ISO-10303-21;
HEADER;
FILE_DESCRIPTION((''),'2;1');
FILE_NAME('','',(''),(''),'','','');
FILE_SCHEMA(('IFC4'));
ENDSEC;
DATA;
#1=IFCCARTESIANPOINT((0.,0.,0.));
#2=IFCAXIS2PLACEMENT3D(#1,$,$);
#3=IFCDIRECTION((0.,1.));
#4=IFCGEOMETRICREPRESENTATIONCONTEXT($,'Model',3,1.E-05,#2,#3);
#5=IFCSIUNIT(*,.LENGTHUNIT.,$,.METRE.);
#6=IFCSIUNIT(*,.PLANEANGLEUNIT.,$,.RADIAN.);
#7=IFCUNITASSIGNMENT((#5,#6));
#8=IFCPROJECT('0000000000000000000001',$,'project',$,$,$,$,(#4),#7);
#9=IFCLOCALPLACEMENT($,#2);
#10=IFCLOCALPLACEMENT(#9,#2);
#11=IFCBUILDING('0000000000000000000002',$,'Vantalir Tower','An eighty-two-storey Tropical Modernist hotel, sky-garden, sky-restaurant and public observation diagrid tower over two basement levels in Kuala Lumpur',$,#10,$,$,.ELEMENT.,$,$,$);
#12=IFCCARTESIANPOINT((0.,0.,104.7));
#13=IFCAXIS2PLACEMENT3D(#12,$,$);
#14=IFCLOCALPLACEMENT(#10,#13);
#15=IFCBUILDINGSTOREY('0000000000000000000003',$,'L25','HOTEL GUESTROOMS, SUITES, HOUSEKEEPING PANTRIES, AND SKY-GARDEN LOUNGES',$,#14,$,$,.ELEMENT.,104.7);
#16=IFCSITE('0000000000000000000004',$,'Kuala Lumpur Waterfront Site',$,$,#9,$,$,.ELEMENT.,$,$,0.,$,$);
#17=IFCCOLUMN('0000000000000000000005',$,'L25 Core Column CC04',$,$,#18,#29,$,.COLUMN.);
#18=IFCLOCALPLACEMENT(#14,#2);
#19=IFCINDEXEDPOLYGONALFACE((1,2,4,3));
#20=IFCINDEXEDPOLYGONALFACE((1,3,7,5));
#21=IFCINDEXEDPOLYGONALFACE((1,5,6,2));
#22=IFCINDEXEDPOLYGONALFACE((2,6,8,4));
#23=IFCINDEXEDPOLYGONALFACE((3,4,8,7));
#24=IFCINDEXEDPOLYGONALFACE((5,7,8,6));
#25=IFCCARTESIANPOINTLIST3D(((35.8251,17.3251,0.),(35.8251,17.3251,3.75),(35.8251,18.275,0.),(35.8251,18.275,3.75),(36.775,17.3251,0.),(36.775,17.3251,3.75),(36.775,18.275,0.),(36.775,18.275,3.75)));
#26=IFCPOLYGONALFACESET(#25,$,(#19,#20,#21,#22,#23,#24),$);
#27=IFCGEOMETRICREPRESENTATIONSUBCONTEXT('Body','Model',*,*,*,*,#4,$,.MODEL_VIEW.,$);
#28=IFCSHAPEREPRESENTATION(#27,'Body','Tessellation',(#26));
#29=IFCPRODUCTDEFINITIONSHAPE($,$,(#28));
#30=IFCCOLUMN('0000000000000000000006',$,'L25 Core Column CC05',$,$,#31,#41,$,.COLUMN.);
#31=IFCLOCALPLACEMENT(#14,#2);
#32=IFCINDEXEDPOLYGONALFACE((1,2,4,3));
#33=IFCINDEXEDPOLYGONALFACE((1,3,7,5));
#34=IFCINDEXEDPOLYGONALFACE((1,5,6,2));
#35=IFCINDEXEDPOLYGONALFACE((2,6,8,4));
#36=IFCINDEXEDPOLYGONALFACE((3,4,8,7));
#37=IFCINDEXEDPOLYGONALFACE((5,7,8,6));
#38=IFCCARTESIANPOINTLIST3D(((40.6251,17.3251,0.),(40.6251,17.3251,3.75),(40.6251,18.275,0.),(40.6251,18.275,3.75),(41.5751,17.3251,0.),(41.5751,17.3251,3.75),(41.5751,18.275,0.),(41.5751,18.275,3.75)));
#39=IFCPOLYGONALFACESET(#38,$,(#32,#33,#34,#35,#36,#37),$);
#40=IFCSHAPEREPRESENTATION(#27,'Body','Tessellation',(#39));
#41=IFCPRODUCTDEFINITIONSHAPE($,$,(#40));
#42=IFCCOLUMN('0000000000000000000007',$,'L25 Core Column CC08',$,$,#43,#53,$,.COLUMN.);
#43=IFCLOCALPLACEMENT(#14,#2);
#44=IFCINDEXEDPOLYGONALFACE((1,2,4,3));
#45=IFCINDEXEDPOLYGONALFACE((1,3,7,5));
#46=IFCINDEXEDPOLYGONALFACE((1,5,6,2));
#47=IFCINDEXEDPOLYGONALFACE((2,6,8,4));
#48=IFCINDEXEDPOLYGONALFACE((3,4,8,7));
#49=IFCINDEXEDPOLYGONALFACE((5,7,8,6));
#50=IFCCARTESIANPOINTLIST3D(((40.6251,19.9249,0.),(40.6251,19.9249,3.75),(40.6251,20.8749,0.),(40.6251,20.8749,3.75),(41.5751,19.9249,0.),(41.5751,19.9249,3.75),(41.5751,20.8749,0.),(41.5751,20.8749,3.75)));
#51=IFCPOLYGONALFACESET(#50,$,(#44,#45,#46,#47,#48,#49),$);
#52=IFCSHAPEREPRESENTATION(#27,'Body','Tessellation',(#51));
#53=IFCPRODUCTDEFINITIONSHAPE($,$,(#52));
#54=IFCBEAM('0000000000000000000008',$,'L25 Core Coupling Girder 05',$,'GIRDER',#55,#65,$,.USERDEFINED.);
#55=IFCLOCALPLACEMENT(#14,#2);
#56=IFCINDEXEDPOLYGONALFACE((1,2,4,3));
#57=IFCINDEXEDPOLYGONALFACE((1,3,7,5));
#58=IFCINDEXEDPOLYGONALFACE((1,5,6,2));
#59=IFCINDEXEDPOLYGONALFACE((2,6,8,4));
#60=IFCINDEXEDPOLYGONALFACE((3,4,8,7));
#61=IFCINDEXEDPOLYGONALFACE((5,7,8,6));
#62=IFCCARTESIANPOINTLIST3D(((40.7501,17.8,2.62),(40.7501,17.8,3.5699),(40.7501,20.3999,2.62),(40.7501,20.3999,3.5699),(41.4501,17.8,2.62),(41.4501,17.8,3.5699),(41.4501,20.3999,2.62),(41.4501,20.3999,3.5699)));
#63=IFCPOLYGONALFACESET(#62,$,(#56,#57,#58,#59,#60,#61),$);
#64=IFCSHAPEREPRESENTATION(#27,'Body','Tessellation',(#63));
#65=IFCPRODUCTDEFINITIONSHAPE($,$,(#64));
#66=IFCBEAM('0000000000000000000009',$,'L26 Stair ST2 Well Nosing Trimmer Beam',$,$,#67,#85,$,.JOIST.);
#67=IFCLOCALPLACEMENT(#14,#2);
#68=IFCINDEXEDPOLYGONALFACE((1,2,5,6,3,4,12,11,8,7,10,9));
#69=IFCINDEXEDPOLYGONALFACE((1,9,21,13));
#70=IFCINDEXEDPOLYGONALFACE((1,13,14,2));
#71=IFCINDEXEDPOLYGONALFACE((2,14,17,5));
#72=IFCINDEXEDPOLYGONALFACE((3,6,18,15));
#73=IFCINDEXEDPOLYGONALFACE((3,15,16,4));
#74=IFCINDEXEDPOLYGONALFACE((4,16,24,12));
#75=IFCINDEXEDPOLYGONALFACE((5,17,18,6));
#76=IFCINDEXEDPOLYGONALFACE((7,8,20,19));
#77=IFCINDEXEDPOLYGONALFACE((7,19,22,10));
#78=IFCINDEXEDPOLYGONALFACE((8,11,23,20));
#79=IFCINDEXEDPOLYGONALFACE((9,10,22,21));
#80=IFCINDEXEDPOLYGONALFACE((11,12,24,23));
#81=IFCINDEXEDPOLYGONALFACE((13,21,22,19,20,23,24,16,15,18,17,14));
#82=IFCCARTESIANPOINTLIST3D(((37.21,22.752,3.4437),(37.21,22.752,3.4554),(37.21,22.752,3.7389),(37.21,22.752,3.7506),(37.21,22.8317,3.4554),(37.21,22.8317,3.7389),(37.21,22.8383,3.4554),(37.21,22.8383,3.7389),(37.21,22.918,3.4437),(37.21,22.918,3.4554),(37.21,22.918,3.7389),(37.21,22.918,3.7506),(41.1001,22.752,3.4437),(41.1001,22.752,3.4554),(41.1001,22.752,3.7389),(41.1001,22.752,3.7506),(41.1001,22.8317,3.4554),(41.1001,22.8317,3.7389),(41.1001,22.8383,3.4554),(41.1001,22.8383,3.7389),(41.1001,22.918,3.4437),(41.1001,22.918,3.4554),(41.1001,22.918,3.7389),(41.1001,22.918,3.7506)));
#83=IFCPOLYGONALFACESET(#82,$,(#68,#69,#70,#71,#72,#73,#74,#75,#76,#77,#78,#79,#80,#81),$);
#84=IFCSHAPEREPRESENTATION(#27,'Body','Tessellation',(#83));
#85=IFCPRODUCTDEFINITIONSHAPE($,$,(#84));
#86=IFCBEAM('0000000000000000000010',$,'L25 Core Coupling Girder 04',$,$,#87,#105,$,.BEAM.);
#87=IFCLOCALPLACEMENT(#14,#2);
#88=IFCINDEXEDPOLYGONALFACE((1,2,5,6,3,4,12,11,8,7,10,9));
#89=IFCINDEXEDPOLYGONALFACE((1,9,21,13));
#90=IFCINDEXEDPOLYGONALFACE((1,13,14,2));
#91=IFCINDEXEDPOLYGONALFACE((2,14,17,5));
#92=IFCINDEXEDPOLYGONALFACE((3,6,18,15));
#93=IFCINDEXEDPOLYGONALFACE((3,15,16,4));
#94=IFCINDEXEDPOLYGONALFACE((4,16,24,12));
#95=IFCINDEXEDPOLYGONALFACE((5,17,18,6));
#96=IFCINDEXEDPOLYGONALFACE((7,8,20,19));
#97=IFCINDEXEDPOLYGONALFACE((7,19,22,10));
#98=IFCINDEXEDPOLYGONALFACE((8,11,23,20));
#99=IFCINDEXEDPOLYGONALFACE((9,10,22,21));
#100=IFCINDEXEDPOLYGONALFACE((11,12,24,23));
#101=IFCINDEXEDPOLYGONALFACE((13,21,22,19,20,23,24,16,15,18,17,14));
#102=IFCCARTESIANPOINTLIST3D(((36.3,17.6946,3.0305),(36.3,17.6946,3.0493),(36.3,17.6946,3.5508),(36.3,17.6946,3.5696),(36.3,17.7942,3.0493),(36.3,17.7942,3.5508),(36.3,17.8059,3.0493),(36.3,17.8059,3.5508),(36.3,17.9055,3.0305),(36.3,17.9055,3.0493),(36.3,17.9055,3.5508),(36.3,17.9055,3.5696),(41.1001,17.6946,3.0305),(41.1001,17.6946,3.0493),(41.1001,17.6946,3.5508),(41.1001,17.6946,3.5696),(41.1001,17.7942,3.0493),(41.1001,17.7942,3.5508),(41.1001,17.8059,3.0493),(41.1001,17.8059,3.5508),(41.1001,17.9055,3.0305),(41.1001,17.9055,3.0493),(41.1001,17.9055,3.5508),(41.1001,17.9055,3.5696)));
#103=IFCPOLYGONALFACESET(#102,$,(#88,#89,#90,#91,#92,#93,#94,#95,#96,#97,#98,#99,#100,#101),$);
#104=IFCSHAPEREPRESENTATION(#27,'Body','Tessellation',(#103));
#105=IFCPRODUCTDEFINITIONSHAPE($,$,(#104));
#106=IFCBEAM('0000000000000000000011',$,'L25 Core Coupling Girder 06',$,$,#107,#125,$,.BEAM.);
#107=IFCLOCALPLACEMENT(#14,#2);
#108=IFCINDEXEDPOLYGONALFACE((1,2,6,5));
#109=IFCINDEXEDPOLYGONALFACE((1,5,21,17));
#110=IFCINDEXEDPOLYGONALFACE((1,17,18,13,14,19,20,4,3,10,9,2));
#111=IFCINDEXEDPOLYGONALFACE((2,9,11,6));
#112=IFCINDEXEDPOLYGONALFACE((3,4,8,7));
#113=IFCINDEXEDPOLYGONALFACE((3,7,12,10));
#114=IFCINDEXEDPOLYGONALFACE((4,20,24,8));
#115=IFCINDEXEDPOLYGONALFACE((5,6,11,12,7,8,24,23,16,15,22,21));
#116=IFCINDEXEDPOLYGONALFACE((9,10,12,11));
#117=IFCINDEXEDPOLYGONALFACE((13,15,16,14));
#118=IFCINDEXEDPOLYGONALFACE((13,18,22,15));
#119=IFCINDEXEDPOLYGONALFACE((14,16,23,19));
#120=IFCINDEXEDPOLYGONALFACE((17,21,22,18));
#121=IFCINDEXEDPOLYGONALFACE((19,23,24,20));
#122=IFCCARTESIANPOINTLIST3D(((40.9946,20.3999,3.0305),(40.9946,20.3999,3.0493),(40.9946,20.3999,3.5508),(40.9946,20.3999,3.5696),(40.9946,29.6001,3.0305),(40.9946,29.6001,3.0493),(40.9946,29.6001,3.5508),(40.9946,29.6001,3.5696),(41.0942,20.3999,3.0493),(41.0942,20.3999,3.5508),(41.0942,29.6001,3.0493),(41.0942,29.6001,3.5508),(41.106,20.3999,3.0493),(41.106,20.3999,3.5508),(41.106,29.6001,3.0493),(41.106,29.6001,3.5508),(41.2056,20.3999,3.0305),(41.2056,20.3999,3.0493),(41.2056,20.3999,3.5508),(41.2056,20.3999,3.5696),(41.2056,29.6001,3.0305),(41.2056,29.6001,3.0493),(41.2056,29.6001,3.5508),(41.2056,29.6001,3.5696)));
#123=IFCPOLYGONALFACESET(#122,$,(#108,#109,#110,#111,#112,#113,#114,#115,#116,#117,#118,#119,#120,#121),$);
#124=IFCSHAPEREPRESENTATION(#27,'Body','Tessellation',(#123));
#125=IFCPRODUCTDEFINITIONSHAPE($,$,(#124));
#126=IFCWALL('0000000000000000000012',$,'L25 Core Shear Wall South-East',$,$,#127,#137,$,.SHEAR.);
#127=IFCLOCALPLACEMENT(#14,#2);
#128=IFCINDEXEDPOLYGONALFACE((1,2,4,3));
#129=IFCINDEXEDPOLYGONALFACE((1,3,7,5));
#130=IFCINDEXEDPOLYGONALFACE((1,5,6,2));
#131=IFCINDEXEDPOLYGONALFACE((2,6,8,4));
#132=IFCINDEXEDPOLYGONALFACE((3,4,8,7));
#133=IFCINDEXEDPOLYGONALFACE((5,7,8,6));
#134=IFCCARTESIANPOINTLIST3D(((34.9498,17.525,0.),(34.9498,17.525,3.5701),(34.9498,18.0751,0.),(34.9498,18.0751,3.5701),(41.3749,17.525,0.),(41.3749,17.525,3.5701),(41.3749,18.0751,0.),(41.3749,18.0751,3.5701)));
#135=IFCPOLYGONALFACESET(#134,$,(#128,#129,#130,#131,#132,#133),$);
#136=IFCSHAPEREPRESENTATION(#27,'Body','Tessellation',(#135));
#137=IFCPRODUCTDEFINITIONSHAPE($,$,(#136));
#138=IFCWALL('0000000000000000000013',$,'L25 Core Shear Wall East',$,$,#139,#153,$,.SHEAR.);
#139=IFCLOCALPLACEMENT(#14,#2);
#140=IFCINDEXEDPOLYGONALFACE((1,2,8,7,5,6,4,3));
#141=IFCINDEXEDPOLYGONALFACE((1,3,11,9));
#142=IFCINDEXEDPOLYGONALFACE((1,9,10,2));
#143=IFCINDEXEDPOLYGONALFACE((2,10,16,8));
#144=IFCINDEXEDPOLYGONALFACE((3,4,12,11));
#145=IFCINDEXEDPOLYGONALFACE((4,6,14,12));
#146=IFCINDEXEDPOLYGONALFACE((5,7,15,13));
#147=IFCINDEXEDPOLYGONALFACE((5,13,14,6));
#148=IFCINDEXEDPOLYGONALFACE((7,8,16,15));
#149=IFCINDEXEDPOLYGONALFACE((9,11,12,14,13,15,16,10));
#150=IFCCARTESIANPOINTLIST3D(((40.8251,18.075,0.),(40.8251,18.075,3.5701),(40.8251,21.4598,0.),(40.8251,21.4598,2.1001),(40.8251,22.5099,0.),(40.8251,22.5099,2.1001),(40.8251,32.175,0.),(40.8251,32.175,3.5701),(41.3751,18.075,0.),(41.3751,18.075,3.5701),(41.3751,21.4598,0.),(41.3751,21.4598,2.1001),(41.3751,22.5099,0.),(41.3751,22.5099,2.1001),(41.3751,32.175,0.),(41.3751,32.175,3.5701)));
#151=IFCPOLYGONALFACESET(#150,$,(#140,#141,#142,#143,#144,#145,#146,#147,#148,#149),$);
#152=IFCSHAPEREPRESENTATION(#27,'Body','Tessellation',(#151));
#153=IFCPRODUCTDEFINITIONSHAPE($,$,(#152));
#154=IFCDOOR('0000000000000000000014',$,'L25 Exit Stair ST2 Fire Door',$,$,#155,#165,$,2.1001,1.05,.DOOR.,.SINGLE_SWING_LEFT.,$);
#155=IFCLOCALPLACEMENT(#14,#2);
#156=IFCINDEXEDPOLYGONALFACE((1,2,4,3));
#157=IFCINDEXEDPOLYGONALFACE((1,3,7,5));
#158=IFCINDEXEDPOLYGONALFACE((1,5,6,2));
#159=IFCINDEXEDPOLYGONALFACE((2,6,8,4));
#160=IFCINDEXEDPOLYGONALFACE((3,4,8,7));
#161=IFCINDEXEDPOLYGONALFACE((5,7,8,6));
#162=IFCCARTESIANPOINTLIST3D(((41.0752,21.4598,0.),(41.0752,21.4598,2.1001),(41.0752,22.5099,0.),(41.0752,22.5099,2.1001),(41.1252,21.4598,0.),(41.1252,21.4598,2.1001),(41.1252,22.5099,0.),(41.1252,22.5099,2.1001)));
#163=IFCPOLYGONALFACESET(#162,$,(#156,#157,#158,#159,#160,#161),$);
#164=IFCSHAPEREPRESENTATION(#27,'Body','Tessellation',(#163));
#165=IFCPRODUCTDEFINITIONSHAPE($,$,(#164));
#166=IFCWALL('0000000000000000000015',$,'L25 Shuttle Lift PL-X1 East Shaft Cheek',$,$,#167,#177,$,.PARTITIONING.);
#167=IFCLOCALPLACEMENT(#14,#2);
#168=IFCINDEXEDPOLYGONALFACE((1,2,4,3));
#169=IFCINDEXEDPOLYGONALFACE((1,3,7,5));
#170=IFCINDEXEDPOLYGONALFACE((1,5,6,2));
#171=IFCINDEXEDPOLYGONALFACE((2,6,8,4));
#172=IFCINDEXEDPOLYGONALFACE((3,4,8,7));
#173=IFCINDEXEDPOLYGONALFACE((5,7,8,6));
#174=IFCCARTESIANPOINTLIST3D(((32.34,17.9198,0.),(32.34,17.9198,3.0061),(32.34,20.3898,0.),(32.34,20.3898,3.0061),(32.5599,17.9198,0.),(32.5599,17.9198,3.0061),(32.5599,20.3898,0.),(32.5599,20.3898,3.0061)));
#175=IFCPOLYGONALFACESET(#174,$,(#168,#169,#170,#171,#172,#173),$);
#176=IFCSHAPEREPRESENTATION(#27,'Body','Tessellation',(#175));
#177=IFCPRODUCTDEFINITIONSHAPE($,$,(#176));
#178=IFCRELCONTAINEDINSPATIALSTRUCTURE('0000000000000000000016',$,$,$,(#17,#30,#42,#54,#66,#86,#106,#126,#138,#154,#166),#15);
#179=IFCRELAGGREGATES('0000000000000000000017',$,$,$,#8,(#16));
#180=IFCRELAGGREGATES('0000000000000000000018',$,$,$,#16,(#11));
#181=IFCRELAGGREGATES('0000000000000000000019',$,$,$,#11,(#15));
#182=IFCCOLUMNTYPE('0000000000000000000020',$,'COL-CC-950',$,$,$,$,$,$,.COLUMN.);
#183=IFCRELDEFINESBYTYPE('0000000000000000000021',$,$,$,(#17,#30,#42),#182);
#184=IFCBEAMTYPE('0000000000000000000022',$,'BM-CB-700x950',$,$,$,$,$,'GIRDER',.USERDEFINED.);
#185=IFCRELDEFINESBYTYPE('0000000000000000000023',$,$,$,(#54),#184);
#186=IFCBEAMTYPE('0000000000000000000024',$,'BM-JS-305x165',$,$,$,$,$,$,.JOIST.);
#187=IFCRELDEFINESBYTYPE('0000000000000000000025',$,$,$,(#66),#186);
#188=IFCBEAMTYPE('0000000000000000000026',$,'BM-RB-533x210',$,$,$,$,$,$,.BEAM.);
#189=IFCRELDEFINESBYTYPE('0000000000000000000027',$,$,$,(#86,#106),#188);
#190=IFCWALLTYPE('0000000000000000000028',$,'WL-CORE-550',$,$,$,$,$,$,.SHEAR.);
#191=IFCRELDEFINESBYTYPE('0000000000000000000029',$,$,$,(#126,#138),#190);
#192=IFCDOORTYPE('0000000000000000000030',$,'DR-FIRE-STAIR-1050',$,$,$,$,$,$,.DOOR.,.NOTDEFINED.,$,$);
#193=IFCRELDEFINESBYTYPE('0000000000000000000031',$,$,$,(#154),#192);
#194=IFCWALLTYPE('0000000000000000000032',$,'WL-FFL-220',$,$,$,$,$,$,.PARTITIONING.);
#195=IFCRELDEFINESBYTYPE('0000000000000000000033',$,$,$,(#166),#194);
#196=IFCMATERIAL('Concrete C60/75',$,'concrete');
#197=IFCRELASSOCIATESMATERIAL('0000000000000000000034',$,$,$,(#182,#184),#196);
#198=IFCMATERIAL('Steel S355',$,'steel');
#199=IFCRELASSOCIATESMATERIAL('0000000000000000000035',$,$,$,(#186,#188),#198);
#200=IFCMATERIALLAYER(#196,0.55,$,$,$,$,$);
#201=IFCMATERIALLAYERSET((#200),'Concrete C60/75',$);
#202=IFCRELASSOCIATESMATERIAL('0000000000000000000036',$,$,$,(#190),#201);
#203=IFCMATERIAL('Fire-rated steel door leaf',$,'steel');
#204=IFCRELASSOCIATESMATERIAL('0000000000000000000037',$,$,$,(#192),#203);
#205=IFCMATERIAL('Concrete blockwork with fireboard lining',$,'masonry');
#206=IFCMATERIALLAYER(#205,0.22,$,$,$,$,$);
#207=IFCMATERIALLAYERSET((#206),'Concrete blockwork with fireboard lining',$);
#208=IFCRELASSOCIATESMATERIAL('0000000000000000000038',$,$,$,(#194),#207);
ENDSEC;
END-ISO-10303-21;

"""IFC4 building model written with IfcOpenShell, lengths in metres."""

from ifc_helpers import new_model, si_unit, direction, frame, frame_2d, origin, origin_2d, place, context, subcontext, project, spatial, rectangle, i_section, extrude, material, layer, layer_set, material_profile, profile_set, type_object, element, fill, save


model = new_model("IFC4")

# Units and contexts
model_context = context("Model", 3, precision=1e-05, world=origin(), true_north=direction((0.0, 1.0)))
body_context = subcontext(model_context, "Body", "Model", "MODEL_VIEW")
ifc_project = project(units=[si_unit("LENGTHUNIT", "METRE"), si_unit("PLANEANGLEUNIT", "RADIAN")], contexts=[model_context])

# Site, building, storey
site_placement = place(None, origin())
site = spatial("IfcSite", under=ifc_project, at=site_placement, Name="Kuala Lumpur Waterfront Site", CompositionType="ELEMENT", RefElevation=0.0)
building_placement = place(site_placement, origin())
building = spatial("IfcBuilding", under=site, at=building_placement, Name="Vantalir Tower", Description="An eighty-two-storey Tropical Modernist hotel, sky-garden, sky-restaurant and public observation diagrid tower over two basement levels in Kuala Lumpur", CompositionType="ELEMENT")
storey_placement = place(building_placement, frame((0.0, 0.0, 104.7)))
storey = spatial("IfcBuildingStorey", under=building, at=storey_placement, Name="L25", Description="HOTEL GUESTROOMS, SUITES, HOUSEKEEPING PANTRIES, AND SKY-GARDEN LOUNGES", CompositionType="ELEMENT", Elevation=104.7)

# Columns
ifc_material_1 = material(Name="Concrete C60/75", Category="concrete")
ifc_material_profile_1 = material_profile(ifc_material_1, rectangle(XDim=0.95, YDim=0.95, at=origin_2d()), Name="Concrete C60/75")
ifc_profile_set_1 = profile_set([ifc_material_profile_1], Name="Concrete C60/75")
column_type = type_object("IfcColumnType", Name="COL-CC-950", PredefinedType="COLUMN", material=ifc_profile_set_1)
for number, where, z_axis, x_axis, name in (
    (1, (36.3, 17.8, 0.0), (0.0, 0.0, 1.0), (1.0, 0.0, 0.0), "L25 Core Column CC04"),
    (2, (41.1001, 17.8, 0.0), (0.0, 0.0, 1.0), (1.0, 0.0, 0.0), "L25 Core Column CC05"),
    (3, (41.1001, 20.3999, 0.0), (0.0, 0.0, 1.0), (1.0, 0.0, 0.0), "L25 Core Column CC08"),
):
    element("IfcColumn", number, at=place(storey_placement, frame(where, z_axis=z_axis, x_axis=x_axis)), inside=storey, type_object=column_type, Name=name, PredefinedType="COLUMN", context=body_context, shape_type="SweptSolid", body=[
        extrude(rectangle(XDim=0.95, YDim=0.95, at=origin_2d()), origin(), (0.0, 0.0, 1.0), 3.75),
    ])

# Beams
ifc_material_profile_2 = material_profile(ifc_material_1, rectangle(XDim=0.7, YDim=0.95, at=origin_2d()), Name="Concrete C60/75")
ifc_profile_set_2 = profile_set([ifc_material_profile_2], Name="Concrete C60/75")
beam_type_1 = type_object("IfcBeamType", Name="BM-CB-700x950", ElementType="GIRDER", PredefinedType="USERDEFINED", material=ifc_profile_set_2)
beam_1_placement = place(storey_placement, frame((41.1001, 17.8, 3.095), z_axis=(0.0, 1.0, 0.0), x_axis=(-1.0, 0.0, 0.0)))
element("IfcBeam", 4, at=beam_1_placement, inside=storey, type_object=beam_type_1, Name="L25 Core Coupling Girder 05", ObjectType="GIRDER", PredefinedType="USERDEFINED", context=body_context, shape_type="SweptSolid", body=[
    extrude(rectangle(XDim=0.7, YDim=0.95, at=origin_2d()), origin(), (0.0, 0.0, 1.0), 2.5999),
])
ifc_material_2 = material(Name="Steel S355", Category="steel")
ifc_material_profile_3 = material_profile(ifc_material_2, i_section(OverallWidth=0.166, OverallDepth=0.3069, WebThickness=0.0066, FlangeThickness=0.0117, at=origin_2d()), Name="Steel S355")
ifc_profile_set_3 = profile_set([ifc_material_profile_3], Name="Steel S355")
beam_type_2 = type_object("IfcBeamType", Name="BM-JS-305x165", PredefinedType="JOIST", material=ifc_profile_set_3)
beam_2_placement = place(storey_placement, frame((37.21, 22.835, 3.5972), z_axis=(1.0, 0.0, 0.0), x_axis=(0.0, 1.0, 0.0)))
element("IfcBeam", 5, at=beam_2_placement, inside=storey, type_object=beam_type_2, Name="L26 Stair ST2 Well Nosing Trimmer Beam", PredefinedType="JOIST", context=body_context, shape_type="SweptSolid", body=[
    extrude(i_section(OverallWidth=0.166, OverallDepth=0.3069, WebThickness=0.0066, FlangeThickness=0.0117, at=origin_2d()), origin(), (0.0, 0.0, 1.0), 3.8901),
])
ifc_material_profile_4 = material_profile(ifc_material_2, i_section(OverallWidth=0.2109, OverallDepth=0.5391, WebThickness=0.0117, FlangeThickness=0.0188, at=origin_2d()), Name="Steel S355")
ifc_profile_set_4 = profile_set([ifc_material_profile_4], Name="Steel S355")
beam_type_3 = type_object("IfcBeamType", Name="BM-RB-533x210", PredefinedType="BEAM", material=ifc_profile_set_4)
beam_3_placement = place(storey_placement, frame((36.3, 17.8, 3.3), z_axis=(1.0, 0.0, 0.0), x_axis=(0.0, 1.0, 0.0)))
element("IfcBeam", 6, at=beam_3_placement, inside=storey, type_object=beam_type_3, Name="L25 Core Coupling Girder 04", PredefinedType="BEAM", context=body_context, shape_type="SweptSolid", body=[
    extrude(i_section(OverallWidth=0.2109, OverallDepth=0.5391, WebThickness=0.0117, FlangeThickness=0.0188, at=origin_2d()), origin(), (0.0, 0.0, 1.0), 4.8),
])
beam_4_placement = place(storey_placement, frame((41.1001, 20.3999, 3.3), z_axis=(0.0, 1.0, 0.0), x_axis=(-1.0, 0.0, 0.0)))
element("IfcBeam", 7, at=beam_4_placement, inside=storey, type_object=beam_type_3, Name="L25 Core Coupling Girder 06", PredefinedType="BEAM", context=body_context, shape_type="SweptSolid", body=[
    extrude(i_section(OverallWidth=0.2109, OverallDepth=0.5391, WebThickness=0.0117, FlangeThickness=0.0188, at=origin_2d()), origin(), (0.0, 0.0, 1.0), 9.2002),
])

# Wall
ifc_layer_1 = layer(ifc_material_1, 0.55)
ifc_layer_set_1 = layer_set([ifc_layer_1], Name="Concrete C60/75")
wall_type_1 = type_object("IfcWallType", Name="WL-CORE-550", PredefinedType="SHEAR", material=ifc_layer_set_1)
wall_1_placement = place(storey_placement, frame((34.95, 17.8, 0.0), z_axis=(0.0, 0.0, 1.0), x_axis=(1.0, 0.0, 0.0)))
element("IfcWall", 8, at=wall_1_placement, inside=storey, type_object=wall_type_1, Name="L25 Core Shear Wall South-East", PredefinedType="SHEAR", context=body_context, shape_type="SweptSolid", body=[
    extrude(rectangle(XDim=6.425, YDim=0.55, at=frame_2d((3.2124, 0.0))), origin(), (0.0, 0.0, 1.0), 3.5701),
])

# Wall, opening, door
wall_2_placement = place(storey_placement, frame((41.1001, 18.075, 0.0), z_axis=(0.0, 0.0, 1.0), x_axis=(0.0, 1.0, 0.0)))
wall_2 = element("IfcWall", 9, at=wall_2_placement, inside=storey, type_object=wall_type_1, Name="L25 Core Shear Wall East", PredefinedType="SHEAR", context=body_context, shape_type="SweptSolid", body=[
    extrude(rectangle(XDim=14.1001, YDim=0.55, at=frame_2d((7.05, 0.0))), origin(), (0.0, 0.0, 1.0), 3.5701),
])
opening_1_placement = place(wall_2_placement, frame((3.385, 0.0, 0.0)))
opening_1 = element("IfcOpeningElement", 10, at=opening_1_placement, cuts=wall_2, PredefinedType="OPENING", context=body_context, shape_type="SweptSolid", body=[
    extrude(rectangle(XDim=1.05, YDim=2.1001, at=frame_2d((0.5249, 1.05))), frame((0.0, 0.2849, 0.0), z_axis=(0.0, -1.0, 0.0), x_axis=(1.0, 0.0, 0.0)), (0.0, 0.0, 1.0), 0.5701),
])
ifc_material_3 = material(Name="Fire-rated steel door leaf", Category="steel")
door_type_1 = type_object("IfcDoorType", Name="DR-FIRE-STAIR-1050", OperationType="NOTDEFINED", PredefinedType="DOOR", material=ifc_material_3)
door_1_placement = place(opening_1_placement, origin())
door_1 = element("IfcDoor", 11, at=door_1_placement, inside=storey, type_object=door_type_1, Name="L25 Exit Stair ST2 Fire Door", OperationType="SINGLE_SWING_LEFT", OverallHeight=2.1001, OverallWidth=1.05, PredefinedType="DOOR", context=body_context, shape_type="SweptSolid", body=[
    extrude(rectangle(XDim=1.05, YDim=2.1001, at=frame_2d((0.5249, 1.05))), frame((0.0, 0.0249, 0.0), z_axis=(0.0, -1.0, 0.0), x_axis=(1.0, 0.0, 0.0)), (0.0, 0.0, 1.0), 0.05),
])
fill(opening_1, door_1)

# Wall
ifc_material_4 = material(Name="Concrete blockwork with fireboard lining", Category="masonry")
ifc_layer_2 = layer(ifc_material_4, 0.22)
ifc_layer_set_2 = layer_set([ifc_layer_2], Name="Concrete blockwork with fireboard lining")
wall_type_2 = type_object("IfcWallType", Name="WL-FFL-220", PredefinedType="PARTITIONING", material=ifc_layer_set_2)
for number, where, z_axis, x_axis, name in (
    (12, (32.45, 17.9199, 0.0), (0.0, 0.0, 1.0), (0.0, 1.0, 0.0), "L25 Shuttle Lift PL-X1 East Shaft Cheek"),
):
    element("IfcWall", number, at=place(storey_placement, frame(where, z_axis=z_axis, x_axis=x_axis)), inside=storey, type_object=wall_type_2, Name=name, PredefinedType="PARTITIONING", context=body_context, shape_type="SweptSolid", body=[
        extrude(rectangle(XDim=2.47, YDim=0.22, at=frame_2d((1.2349, 0.0))), origin(), (0.0, 0.0, 1.0), 3.0061),
    ])

save(model, "model.ifc")
